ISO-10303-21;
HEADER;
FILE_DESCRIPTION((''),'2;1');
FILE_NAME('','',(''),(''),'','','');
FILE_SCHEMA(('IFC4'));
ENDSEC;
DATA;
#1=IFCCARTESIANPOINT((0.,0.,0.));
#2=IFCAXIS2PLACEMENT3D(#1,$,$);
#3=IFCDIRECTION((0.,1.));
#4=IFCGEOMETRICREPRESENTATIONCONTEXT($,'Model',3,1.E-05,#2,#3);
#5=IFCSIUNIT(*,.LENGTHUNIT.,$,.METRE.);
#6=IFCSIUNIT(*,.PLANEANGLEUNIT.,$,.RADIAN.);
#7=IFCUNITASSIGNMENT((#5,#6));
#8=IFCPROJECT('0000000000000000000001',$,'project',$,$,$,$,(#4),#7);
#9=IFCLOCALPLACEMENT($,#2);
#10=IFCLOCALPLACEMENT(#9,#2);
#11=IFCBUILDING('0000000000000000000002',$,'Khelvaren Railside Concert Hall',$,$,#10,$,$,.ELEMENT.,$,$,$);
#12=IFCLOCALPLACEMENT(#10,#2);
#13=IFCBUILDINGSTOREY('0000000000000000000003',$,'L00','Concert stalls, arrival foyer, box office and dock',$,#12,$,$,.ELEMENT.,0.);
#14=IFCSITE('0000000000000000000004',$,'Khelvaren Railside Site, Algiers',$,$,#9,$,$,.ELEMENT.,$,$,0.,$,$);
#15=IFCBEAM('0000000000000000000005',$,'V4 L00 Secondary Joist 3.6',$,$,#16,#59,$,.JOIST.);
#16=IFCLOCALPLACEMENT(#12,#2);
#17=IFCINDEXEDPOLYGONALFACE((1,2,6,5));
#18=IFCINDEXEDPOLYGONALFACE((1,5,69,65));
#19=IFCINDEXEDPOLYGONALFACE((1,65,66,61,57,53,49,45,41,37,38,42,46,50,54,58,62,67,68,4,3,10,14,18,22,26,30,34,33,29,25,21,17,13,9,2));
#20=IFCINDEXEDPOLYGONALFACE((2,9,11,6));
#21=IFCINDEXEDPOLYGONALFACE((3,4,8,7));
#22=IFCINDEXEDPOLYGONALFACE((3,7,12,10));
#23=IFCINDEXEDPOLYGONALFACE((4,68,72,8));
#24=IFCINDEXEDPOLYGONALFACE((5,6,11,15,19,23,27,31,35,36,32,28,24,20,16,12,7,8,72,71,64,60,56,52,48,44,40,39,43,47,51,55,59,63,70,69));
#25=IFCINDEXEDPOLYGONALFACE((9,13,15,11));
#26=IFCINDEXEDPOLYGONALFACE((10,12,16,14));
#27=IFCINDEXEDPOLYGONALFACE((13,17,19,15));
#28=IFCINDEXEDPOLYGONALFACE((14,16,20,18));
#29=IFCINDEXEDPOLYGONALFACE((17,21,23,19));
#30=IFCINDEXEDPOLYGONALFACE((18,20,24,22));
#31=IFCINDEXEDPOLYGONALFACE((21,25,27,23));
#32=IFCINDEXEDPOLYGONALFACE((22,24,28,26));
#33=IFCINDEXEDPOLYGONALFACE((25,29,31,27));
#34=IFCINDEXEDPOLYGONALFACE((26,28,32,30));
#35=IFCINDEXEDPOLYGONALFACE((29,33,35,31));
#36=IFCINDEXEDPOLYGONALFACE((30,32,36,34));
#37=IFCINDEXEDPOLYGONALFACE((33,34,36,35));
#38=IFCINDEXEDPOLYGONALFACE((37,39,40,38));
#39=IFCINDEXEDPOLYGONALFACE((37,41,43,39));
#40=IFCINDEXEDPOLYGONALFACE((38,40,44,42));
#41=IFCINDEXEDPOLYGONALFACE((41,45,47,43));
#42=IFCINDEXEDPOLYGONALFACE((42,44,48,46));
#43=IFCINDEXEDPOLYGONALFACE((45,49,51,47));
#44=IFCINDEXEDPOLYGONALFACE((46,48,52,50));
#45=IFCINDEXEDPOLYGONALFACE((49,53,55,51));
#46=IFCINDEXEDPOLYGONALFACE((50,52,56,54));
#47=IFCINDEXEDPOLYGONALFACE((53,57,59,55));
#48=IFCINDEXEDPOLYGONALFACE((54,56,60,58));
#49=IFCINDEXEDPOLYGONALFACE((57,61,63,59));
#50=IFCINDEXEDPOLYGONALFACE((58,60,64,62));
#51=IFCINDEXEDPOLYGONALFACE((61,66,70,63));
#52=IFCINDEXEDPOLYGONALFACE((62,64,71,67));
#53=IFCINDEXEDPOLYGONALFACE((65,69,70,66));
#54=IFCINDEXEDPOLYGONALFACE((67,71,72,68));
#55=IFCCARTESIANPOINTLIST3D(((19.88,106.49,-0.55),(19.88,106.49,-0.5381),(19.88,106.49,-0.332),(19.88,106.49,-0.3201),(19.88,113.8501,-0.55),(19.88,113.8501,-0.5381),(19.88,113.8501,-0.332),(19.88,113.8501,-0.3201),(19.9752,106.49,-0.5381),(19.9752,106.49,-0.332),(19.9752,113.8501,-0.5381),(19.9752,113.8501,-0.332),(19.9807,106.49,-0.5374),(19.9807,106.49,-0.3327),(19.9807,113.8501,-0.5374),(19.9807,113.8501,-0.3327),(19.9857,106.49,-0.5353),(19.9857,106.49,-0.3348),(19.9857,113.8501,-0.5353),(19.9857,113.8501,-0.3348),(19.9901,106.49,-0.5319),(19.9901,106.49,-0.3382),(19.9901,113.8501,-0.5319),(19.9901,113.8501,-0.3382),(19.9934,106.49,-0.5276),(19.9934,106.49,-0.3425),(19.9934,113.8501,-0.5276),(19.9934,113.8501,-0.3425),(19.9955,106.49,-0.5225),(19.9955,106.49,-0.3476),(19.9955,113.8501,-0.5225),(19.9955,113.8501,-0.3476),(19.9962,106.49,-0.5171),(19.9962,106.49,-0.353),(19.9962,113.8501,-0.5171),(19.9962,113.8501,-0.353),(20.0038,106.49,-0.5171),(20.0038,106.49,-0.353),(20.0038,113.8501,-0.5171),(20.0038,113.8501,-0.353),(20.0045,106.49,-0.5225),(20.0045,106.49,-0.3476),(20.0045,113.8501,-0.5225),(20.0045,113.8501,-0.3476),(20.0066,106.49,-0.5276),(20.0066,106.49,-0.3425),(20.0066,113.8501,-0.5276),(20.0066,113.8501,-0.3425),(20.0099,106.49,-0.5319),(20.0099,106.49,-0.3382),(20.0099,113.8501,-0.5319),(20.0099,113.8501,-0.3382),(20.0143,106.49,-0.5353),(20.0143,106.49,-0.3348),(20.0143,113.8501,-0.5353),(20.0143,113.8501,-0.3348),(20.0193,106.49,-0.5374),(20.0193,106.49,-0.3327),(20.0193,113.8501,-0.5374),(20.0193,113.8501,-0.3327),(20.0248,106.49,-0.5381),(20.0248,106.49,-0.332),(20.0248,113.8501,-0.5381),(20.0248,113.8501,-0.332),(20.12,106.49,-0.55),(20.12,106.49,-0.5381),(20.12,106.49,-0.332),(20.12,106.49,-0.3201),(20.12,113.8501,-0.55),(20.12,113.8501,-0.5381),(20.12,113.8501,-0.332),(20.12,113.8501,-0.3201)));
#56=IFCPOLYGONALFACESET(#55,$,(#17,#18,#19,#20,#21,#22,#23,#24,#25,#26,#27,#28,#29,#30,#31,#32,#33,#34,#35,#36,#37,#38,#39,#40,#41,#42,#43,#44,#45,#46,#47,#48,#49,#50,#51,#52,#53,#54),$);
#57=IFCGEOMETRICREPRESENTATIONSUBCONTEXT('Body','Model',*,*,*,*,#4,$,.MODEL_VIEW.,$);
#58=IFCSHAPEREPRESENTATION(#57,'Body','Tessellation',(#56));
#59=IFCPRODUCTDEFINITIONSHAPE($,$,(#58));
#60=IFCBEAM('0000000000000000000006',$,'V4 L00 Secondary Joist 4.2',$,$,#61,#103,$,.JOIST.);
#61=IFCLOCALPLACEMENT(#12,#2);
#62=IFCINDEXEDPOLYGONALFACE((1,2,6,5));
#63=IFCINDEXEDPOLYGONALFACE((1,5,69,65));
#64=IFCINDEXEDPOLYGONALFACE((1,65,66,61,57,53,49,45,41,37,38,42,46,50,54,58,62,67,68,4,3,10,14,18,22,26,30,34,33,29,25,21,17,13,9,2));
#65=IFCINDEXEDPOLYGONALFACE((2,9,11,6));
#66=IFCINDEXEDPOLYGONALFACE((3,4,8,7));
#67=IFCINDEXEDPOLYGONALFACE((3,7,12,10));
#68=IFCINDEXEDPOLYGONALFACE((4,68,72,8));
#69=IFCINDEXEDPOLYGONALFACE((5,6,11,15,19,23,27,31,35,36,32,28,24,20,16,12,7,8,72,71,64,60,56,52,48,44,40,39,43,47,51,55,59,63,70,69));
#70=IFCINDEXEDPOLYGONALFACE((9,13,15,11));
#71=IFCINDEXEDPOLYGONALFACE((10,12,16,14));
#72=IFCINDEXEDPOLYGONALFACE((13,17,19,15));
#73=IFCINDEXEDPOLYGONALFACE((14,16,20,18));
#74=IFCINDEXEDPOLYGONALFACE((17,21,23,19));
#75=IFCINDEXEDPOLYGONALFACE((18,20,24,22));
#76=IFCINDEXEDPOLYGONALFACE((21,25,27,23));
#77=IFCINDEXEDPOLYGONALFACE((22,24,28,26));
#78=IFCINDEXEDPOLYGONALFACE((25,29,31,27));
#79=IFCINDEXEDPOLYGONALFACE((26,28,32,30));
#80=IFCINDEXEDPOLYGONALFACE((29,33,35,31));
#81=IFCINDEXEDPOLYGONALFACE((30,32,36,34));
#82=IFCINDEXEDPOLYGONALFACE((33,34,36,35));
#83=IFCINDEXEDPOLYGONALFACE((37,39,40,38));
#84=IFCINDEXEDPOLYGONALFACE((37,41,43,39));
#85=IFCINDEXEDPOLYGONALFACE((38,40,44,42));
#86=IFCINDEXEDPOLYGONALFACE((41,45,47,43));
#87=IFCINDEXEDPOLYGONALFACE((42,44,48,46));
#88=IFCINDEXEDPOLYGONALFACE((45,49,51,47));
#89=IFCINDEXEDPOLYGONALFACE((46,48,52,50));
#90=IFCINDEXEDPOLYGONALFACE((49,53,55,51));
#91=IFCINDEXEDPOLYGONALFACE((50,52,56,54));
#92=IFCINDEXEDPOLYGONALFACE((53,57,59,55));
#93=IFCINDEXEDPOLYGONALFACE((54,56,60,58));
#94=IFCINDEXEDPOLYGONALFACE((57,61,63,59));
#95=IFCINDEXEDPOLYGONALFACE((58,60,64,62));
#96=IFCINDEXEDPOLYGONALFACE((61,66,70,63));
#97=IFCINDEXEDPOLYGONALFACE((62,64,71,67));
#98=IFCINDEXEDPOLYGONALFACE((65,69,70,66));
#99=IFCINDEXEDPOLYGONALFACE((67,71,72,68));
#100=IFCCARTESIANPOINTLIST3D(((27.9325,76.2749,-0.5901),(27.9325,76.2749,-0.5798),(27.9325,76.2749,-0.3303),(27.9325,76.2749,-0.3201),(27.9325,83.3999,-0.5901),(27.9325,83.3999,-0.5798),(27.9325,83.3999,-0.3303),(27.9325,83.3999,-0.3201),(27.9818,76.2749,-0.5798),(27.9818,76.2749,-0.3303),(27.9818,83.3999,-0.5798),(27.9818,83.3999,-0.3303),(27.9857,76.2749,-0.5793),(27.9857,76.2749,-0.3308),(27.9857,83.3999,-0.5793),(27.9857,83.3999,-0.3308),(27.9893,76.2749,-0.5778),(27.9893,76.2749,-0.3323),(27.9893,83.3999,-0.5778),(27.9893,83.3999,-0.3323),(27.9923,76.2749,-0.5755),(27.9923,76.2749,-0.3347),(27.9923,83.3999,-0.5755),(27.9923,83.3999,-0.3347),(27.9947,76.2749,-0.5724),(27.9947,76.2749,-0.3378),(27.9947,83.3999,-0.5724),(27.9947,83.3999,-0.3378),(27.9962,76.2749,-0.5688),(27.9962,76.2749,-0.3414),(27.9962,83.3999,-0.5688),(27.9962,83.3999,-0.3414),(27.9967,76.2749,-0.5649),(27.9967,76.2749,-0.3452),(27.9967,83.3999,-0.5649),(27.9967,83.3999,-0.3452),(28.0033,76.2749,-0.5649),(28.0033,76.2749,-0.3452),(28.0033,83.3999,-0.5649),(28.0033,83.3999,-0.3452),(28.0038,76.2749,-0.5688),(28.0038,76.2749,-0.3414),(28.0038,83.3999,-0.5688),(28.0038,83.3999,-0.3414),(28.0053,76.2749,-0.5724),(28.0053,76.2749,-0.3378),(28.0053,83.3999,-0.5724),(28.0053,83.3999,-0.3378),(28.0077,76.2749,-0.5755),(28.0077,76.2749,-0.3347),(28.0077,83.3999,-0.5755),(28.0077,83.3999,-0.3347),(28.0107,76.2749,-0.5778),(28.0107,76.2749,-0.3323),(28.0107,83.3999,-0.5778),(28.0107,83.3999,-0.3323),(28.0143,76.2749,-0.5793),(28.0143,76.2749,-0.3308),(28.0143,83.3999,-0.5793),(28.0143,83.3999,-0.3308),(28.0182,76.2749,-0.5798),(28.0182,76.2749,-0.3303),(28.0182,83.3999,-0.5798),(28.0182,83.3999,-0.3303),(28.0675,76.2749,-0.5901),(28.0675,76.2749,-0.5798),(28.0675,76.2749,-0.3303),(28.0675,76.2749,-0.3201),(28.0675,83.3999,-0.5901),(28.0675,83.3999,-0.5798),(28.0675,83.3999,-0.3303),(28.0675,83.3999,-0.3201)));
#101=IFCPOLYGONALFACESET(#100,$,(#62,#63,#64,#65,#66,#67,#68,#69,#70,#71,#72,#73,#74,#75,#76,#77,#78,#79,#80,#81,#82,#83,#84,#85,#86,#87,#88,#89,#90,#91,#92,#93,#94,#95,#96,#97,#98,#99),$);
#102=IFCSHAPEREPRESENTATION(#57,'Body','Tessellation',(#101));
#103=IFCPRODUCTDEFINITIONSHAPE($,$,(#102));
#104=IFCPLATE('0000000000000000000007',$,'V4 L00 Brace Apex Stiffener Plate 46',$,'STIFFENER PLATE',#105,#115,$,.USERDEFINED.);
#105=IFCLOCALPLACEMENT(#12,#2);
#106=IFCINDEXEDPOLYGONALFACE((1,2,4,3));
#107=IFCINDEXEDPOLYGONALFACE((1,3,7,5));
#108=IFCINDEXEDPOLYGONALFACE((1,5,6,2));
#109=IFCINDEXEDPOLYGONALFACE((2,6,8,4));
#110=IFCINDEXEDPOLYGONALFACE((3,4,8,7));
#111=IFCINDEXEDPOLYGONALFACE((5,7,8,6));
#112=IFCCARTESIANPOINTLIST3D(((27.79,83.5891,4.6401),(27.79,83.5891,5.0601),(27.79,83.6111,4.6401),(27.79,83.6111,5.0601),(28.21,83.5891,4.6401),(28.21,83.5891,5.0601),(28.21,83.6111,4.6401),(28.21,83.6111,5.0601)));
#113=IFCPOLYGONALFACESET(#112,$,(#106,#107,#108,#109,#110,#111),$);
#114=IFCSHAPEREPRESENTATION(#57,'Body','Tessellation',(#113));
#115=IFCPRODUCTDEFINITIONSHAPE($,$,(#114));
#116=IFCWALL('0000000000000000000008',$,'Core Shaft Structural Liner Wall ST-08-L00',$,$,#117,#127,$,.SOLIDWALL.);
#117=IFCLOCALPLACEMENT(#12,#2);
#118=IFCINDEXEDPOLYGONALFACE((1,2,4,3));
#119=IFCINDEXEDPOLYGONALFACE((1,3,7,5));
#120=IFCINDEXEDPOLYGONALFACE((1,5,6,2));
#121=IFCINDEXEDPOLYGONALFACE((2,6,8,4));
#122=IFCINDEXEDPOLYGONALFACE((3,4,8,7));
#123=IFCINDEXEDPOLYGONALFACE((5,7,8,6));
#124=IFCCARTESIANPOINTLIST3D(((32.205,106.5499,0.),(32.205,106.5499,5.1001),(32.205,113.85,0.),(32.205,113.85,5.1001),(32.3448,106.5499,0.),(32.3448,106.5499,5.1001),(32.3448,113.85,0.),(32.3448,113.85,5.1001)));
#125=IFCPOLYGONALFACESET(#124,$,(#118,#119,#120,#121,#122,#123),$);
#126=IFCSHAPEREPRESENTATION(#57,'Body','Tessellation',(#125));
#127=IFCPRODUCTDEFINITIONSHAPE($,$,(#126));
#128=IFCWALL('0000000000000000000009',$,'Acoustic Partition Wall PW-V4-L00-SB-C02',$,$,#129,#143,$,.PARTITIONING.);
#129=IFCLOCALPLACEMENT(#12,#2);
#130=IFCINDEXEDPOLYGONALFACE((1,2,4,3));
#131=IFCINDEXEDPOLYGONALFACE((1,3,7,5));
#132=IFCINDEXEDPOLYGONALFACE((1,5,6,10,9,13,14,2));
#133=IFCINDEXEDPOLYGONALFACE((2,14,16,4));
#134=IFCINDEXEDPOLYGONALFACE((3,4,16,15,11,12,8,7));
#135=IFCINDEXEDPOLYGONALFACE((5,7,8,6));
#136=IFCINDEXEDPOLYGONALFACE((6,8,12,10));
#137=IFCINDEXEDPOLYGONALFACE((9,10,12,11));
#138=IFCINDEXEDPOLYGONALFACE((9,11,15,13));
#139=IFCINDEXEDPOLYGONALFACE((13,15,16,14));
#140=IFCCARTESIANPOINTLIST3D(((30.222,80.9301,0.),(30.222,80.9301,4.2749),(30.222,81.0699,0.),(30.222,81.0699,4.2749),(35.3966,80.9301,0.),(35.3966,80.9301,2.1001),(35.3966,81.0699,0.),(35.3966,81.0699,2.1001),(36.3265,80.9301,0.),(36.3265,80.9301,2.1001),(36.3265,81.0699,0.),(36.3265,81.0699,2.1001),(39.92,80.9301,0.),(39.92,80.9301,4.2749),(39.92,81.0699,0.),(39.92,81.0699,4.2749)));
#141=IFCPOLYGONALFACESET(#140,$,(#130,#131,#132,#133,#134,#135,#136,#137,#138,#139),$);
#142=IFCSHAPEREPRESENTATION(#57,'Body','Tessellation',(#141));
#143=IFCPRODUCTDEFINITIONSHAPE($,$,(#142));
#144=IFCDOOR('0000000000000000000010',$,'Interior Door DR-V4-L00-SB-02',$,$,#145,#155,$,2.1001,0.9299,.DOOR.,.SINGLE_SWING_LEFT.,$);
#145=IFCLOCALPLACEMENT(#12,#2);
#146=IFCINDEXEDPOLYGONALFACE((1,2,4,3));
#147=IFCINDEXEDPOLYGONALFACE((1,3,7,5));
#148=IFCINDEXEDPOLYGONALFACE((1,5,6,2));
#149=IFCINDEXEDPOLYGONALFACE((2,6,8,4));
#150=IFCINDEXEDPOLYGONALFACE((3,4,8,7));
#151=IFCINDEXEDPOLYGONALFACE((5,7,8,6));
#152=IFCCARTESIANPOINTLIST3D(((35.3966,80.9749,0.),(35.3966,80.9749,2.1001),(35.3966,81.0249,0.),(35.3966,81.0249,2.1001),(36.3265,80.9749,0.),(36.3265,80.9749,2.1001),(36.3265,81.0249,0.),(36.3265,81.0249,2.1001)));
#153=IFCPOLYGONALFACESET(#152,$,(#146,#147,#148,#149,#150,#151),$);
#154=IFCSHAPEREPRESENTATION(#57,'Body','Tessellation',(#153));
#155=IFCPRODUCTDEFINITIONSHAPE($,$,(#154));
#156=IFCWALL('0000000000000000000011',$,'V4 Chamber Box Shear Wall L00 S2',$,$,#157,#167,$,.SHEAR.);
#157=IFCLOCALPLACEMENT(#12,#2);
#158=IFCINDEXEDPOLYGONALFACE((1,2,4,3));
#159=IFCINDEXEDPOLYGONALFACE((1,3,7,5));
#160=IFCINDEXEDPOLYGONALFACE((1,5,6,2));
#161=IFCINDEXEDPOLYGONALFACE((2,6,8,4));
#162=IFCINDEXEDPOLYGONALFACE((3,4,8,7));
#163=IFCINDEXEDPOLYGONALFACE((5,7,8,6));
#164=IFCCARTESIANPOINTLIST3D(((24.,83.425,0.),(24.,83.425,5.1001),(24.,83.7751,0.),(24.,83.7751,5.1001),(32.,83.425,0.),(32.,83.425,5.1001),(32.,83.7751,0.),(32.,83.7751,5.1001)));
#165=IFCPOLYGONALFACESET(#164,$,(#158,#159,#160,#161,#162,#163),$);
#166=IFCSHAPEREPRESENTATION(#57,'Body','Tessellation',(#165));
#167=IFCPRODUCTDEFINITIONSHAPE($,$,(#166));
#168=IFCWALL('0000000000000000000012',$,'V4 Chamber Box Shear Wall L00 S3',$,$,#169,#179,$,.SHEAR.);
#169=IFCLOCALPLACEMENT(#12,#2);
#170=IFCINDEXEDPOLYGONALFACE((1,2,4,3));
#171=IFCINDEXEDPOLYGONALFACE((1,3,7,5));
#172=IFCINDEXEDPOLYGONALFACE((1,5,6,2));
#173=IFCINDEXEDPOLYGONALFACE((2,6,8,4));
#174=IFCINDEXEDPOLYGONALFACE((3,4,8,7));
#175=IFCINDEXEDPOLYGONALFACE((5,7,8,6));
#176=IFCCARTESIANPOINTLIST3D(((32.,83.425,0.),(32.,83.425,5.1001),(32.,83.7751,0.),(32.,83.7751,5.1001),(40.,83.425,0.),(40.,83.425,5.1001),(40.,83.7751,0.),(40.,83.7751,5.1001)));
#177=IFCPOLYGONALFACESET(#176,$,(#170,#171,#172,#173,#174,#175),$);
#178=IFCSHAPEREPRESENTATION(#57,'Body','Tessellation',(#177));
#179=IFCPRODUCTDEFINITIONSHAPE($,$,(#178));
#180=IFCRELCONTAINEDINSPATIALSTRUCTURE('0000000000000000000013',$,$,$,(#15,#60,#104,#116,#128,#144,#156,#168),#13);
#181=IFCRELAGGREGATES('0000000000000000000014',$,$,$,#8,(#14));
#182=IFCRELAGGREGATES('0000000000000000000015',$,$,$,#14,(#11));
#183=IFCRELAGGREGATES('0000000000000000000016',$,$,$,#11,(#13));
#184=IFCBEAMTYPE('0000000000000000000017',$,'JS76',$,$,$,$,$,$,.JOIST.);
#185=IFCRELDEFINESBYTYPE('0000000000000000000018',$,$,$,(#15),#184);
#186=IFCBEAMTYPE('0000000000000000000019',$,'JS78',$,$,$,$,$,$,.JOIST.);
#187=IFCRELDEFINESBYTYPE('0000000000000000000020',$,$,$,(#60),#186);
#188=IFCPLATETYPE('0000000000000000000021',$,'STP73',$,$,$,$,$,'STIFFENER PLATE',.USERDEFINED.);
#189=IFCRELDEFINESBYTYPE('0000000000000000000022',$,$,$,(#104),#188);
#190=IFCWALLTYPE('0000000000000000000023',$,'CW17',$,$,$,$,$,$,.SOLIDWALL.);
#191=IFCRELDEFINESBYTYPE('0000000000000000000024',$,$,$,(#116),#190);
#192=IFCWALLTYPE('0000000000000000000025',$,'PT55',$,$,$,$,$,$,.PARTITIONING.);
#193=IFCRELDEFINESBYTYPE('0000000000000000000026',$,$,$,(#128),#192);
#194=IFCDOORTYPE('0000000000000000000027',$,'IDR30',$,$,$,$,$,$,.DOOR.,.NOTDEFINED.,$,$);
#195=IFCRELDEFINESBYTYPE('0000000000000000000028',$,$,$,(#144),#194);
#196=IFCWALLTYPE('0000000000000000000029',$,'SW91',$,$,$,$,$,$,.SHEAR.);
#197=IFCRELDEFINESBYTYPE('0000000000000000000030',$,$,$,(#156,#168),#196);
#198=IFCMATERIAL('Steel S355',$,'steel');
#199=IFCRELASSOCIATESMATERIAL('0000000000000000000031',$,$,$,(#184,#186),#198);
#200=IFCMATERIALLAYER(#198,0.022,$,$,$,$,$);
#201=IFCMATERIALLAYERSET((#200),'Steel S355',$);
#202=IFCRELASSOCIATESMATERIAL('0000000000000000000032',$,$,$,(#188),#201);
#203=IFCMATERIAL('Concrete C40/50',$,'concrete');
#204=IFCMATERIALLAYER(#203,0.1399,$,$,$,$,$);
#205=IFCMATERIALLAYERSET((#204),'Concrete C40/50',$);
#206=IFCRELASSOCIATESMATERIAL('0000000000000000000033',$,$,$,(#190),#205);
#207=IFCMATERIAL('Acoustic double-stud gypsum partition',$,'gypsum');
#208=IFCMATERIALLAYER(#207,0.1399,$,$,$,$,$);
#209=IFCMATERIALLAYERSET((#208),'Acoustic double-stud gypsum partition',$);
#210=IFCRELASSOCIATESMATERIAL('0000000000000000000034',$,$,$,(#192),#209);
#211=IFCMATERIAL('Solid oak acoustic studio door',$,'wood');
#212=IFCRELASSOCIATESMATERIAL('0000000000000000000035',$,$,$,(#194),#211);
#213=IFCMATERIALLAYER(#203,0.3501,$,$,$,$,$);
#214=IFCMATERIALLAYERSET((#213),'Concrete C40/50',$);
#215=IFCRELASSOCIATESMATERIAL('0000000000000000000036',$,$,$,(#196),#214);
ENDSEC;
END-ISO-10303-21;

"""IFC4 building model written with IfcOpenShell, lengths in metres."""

from ifc_helpers import new_model, si_unit, direction, frame, frame_2d, origin, origin_2d, place, context, subcontext, project, spatial, rectangle, i_section, extrude, material, layer, layer_set, material_profile, profile_set, type_object, element, fill, save


model = new_model("IFC4")

# Units and contexts
model_context = context("Model", 3, precision=1e-05, world=origin(), true_north=direction((0.0, 1.0)))
body_context = subcontext(model_context, "Body", "Model", "MODEL_VIEW")
ifc_project = project(units=[si_unit("LENGTHUNIT", "METRE"), si_unit("PLANEANGLEUNIT", "RADIAN")], contexts=[model_context])

# Site, building, storey
site_placement = place(None, origin())
site = spatial("IfcSite", under=ifc_project, at=site_placement, Name="Khelvaren Railside Site, Algiers", CompositionType="ELEMENT", RefElevation=0.0)
building_placement = place(site_placement, origin())
building = spatial("IfcBuilding", under=site, at=building_placement, Name="Khelvaren Railside Concert Hall", CompositionType="ELEMENT")
storey_placement = place(building_placement, origin())
storey = spatial("IfcBuildingStorey", under=building, at=storey_placement, Name="L00", Description="Concert stalls, arrival foyer, box office and dock", CompositionType="ELEMENT", Elevation=0.0)

# Shared definitions
ifc_material_1 = material(Name="Concrete C40/50", Category="concrete")
ifc_material_2 = material(Name="Steel S355", Category="steel")

# Beams
ifc_material_profile_1 = material_profile(ifc_material_2, i_section(OverallWidth=0.24, OverallDepth=0.23, WebThickness=0.0076, FlangeThickness=0.012, FilletRadius=0.021, at=origin_2d()), Name="HEA 240")
ifc_profile_set_1 = profile_set([ifc_material_profile_1], Name="Steel S355")
beam_type_1 = type_object("IfcBeamType", Name="JS76", PredefinedType="JOIST", material=ifc_profile_set_1)
beam_1_placement = place(storey_placement, frame((20.0, 106.49, -0.4351), z_axis=(0.0, 1.0, 0.0), x_axis=(-1.0, 0.0, 0.0)))
element("IfcBeam", 1, at=beam_1_placement, inside=storey, type_object=beam_type_1, Name="V4 L00 Secondary Joist 3.6", PredefinedType="JOIST", context=body_context, shape_type="SweptSolid", body=[
    extrude(i_section(OverallWidth=0.24, OverallDepth=0.23, WebThickness=0.0076, FlangeThickness=0.012, FilletRadius=0.021, at=origin_2d()), origin(), (0.0, 0.0, 1.0), 7.3601),
])
ifc_material_profile_2 = material_profile(ifc_material_2, i_section(OverallWidth=0.135, OverallDepth=0.27, WebThickness=0.0066, FlangeThickness=0.0103, FilletRadius=0.0149, at=origin_2d()), Name="IPE 270")
ifc_profile_set_2 = profile_set([ifc_material_profile_2], Name="Steel S355")
beam_type_2 = type_object("IfcBeamType", Name="JS78", PredefinedType="JOIST", material=ifc_profile_set_2)
beam_2_placement = place(storey_placement, frame((28.0, 76.2749, -0.4551), z_axis=(0.0, 1.0, 0.0), x_axis=(-1.0, 0.0, 0.0)))
element("IfcBeam", 2, at=beam_2_placement, inside=storey, type_object=beam_type_2, Name="V4 L00 Secondary Joist 4.2", PredefinedType="JOIST", context=body_context, shape_type="SweptSolid", body=[
    extrude(i_section(OverallWidth=0.135, OverallDepth=0.27, WebThickness=0.0066, FlangeThickness=0.0103, FilletRadius=0.0149, at=origin_2d()), origin(), (0.0, 0.0, 1.0), 7.125),
])

# Plate
ifc_layer_1 = layer(ifc_material_2, 0.022)
ifc_layer_set_1 = layer_set([ifc_layer_1], Name="Steel S355")
plate_type = type_object("IfcPlateType", Name="STP73", ElementType="STIFFENER PLATE", PredefinedType="USERDEFINED", material=ifc_layer_set_1)
plate_placement = place(storey_placement, frame((28.0, 83.6001, 4.6401), z_axis=(0.0, 0.0, 1.0), x_axis=(1.0, 0.0, 0.0)))
element("IfcPlate", 3, at=plate_placement, inside=storey, type_object=plate_type, Name="V4 L00 Brace Apex Stiffener Plate 46", ObjectType="STIFFENER PLATE", PredefinedType="USERDEFINED", context=body_context, shape_type="SweptSolid", body=[
    extrude(rectangle(XDim=0.4199, YDim=0.022, at=origin_2d()), origin(), (0.0, 0.0, 1.0), 0.4199),
])

# Wall
ifc_layer_2 = layer(ifc_material_1, 0.1399)
ifc_layer_set_2 = layer_set([ifc_layer_2], Name="Concrete C40/50")
wall_type_1 = type_object("IfcWallType", Name="CW17", PredefinedType="SOLIDWALL", material=ifc_layer_set_2)
wall_1_placement = place(storey_placement, frame((32.2749, 106.55, 0.0), z_axis=(0.0, 0.0, 1.0), x_axis=(0.0, 1.0, 0.0)))
element("IfcWall", 4, at=wall_1_placement, inside=storey, type_object=wall_type_1, Name="Core Shaft Structural Liner Wall ST-08-L00", PredefinedType="SOLIDWALL", context=body_context, shape_type="SweptSolid", body=[
    extrude(rectangle(XDim=7.3, YDim=0.1399, at=frame_2d((3.6499, 0.0))), origin(), (0.0, 0.0, 1.0), 5.1001),
])

# Wall, opening, door
ifc_material_3 = material(Name="Acoustic double-stud gypsum partition", Category="gypsum")
ifc_layer_3 = layer(ifc_material_3, 0.1399)
ifc_layer_set_3 = layer_set([ifc_layer_3], Name="Acoustic double-stud gypsum partition")
wall_type_2 = type_object("IfcWallType", Name="PT55", PredefinedType="PARTITIONING", material=ifc_layer_set_3)
wall_2_placement = place(storey_placement, frame((30.2219, 81.0, 0.0), z_axis=(0.0, 0.0, 1.0), x_axis=(1.0, 0.0, 0.0)))
wall_2 = element("IfcWall", 5, at=wall_2_placement, inside=storey, type_object=wall_type_2, Name="Acoustic Partition Wall PW-V4-L00-SB-C02", PredefinedType="PARTITIONING", context=body_context, shape_type="SweptSolid", body=[
    extrude(rectangle(XDim=9.698, YDim=0.1399, at=frame_2d((4.8491, 0.0))), origin(), (0.0, 0.0, 1.0), 4.2749),
])
opening_placement = place(wall_2_placement, frame((5.1748, 0.0, 0.0)))
opening = element("IfcOpeningElement", 6, at=opening_placement, cuts=wall_2, PredefinedType="OPENING", context=body_context, shape_type="SweptSolid", body=[
    extrude(rectangle(XDim=0.9299, YDim=2.1001, at=frame_2d((0.4648, 1.05))), frame((0.0, 0.0798, 0.0), z_axis=(0.0, -1.0, 0.0), x_axis=(1.0, 0.0, 0.0)), (0.0, 0.0, 1.0), 0.1599),
])
ifc_material_4 = material(Name="Solid oak acoustic studio door", Category="wood")
door_type = type_object("IfcDoorType", Name="IDR30", OperationType="NOTDEFINED", PredefinedType="DOOR", material=ifc_material_4)
door_placement = place(opening_placement, origin())
door = element("IfcDoor", 7, at=door_placement, inside=storey, type_object=door_type, Name="Interior Door DR-V4-L00-SB-02", OperationType="SINGLE_SWING_LEFT", OverallHeight=2.1001, OverallWidth=0.9299, PredefinedType="DOOR", context=body_context, shape_type="SweptSolid", body=[
    extrude(rectangle(XDim=0.9299, YDim=2.1001, at=frame_2d((0.4648, 1.05))), frame((0.0, 0.0249, 0.0), z_axis=(0.0, -1.0, 0.0), x_axis=(1.0, 0.0, 0.0)), (0.0, 0.0, 1.0), 0.05),
])
fill(opening, door)

# Walls
ifc_layer_4 = layer(ifc_material_1, 0.3501)
ifc_layer_set_4 = layer_set([ifc_layer_4], Name="Concrete C40/50")
wall_type_3 = type_object("IfcWallType", Name="SW91", PredefinedType="SHEAR", material=ifc_layer_set_4)
for number, where, z_axis, x_axis, name in (
    (8, (24.0, 83.6001, 0.0), (0.0, 0.0, 1.0), (1.0, 0.0, 0.0), "V4 Chamber Box Shear Wall L00 S2"),
    (9, (32.0, 83.6001, 0.0), (0.0, 0.0, 1.0), (1.0, 0.0, 0.0), "V4 Chamber Box Shear Wall L00 S3"),
):
    element("IfcWall", number, at=place(storey_placement, frame(where, z_axis=z_axis, x_axis=x_axis)), inside=storey, type_object=wall_type_3, Name=name, PredefinedType="SHEAR", context=body_context, shape_type="SweptSolid", body=[
        extrude(rectangle(XDim=8.0, YDim=0.3501, at=frame_2d((4.0, 0.0))), origin(), (0.0, 0.0, 1.0), 5.1001),
    ])

save(model, "model.ifc")
